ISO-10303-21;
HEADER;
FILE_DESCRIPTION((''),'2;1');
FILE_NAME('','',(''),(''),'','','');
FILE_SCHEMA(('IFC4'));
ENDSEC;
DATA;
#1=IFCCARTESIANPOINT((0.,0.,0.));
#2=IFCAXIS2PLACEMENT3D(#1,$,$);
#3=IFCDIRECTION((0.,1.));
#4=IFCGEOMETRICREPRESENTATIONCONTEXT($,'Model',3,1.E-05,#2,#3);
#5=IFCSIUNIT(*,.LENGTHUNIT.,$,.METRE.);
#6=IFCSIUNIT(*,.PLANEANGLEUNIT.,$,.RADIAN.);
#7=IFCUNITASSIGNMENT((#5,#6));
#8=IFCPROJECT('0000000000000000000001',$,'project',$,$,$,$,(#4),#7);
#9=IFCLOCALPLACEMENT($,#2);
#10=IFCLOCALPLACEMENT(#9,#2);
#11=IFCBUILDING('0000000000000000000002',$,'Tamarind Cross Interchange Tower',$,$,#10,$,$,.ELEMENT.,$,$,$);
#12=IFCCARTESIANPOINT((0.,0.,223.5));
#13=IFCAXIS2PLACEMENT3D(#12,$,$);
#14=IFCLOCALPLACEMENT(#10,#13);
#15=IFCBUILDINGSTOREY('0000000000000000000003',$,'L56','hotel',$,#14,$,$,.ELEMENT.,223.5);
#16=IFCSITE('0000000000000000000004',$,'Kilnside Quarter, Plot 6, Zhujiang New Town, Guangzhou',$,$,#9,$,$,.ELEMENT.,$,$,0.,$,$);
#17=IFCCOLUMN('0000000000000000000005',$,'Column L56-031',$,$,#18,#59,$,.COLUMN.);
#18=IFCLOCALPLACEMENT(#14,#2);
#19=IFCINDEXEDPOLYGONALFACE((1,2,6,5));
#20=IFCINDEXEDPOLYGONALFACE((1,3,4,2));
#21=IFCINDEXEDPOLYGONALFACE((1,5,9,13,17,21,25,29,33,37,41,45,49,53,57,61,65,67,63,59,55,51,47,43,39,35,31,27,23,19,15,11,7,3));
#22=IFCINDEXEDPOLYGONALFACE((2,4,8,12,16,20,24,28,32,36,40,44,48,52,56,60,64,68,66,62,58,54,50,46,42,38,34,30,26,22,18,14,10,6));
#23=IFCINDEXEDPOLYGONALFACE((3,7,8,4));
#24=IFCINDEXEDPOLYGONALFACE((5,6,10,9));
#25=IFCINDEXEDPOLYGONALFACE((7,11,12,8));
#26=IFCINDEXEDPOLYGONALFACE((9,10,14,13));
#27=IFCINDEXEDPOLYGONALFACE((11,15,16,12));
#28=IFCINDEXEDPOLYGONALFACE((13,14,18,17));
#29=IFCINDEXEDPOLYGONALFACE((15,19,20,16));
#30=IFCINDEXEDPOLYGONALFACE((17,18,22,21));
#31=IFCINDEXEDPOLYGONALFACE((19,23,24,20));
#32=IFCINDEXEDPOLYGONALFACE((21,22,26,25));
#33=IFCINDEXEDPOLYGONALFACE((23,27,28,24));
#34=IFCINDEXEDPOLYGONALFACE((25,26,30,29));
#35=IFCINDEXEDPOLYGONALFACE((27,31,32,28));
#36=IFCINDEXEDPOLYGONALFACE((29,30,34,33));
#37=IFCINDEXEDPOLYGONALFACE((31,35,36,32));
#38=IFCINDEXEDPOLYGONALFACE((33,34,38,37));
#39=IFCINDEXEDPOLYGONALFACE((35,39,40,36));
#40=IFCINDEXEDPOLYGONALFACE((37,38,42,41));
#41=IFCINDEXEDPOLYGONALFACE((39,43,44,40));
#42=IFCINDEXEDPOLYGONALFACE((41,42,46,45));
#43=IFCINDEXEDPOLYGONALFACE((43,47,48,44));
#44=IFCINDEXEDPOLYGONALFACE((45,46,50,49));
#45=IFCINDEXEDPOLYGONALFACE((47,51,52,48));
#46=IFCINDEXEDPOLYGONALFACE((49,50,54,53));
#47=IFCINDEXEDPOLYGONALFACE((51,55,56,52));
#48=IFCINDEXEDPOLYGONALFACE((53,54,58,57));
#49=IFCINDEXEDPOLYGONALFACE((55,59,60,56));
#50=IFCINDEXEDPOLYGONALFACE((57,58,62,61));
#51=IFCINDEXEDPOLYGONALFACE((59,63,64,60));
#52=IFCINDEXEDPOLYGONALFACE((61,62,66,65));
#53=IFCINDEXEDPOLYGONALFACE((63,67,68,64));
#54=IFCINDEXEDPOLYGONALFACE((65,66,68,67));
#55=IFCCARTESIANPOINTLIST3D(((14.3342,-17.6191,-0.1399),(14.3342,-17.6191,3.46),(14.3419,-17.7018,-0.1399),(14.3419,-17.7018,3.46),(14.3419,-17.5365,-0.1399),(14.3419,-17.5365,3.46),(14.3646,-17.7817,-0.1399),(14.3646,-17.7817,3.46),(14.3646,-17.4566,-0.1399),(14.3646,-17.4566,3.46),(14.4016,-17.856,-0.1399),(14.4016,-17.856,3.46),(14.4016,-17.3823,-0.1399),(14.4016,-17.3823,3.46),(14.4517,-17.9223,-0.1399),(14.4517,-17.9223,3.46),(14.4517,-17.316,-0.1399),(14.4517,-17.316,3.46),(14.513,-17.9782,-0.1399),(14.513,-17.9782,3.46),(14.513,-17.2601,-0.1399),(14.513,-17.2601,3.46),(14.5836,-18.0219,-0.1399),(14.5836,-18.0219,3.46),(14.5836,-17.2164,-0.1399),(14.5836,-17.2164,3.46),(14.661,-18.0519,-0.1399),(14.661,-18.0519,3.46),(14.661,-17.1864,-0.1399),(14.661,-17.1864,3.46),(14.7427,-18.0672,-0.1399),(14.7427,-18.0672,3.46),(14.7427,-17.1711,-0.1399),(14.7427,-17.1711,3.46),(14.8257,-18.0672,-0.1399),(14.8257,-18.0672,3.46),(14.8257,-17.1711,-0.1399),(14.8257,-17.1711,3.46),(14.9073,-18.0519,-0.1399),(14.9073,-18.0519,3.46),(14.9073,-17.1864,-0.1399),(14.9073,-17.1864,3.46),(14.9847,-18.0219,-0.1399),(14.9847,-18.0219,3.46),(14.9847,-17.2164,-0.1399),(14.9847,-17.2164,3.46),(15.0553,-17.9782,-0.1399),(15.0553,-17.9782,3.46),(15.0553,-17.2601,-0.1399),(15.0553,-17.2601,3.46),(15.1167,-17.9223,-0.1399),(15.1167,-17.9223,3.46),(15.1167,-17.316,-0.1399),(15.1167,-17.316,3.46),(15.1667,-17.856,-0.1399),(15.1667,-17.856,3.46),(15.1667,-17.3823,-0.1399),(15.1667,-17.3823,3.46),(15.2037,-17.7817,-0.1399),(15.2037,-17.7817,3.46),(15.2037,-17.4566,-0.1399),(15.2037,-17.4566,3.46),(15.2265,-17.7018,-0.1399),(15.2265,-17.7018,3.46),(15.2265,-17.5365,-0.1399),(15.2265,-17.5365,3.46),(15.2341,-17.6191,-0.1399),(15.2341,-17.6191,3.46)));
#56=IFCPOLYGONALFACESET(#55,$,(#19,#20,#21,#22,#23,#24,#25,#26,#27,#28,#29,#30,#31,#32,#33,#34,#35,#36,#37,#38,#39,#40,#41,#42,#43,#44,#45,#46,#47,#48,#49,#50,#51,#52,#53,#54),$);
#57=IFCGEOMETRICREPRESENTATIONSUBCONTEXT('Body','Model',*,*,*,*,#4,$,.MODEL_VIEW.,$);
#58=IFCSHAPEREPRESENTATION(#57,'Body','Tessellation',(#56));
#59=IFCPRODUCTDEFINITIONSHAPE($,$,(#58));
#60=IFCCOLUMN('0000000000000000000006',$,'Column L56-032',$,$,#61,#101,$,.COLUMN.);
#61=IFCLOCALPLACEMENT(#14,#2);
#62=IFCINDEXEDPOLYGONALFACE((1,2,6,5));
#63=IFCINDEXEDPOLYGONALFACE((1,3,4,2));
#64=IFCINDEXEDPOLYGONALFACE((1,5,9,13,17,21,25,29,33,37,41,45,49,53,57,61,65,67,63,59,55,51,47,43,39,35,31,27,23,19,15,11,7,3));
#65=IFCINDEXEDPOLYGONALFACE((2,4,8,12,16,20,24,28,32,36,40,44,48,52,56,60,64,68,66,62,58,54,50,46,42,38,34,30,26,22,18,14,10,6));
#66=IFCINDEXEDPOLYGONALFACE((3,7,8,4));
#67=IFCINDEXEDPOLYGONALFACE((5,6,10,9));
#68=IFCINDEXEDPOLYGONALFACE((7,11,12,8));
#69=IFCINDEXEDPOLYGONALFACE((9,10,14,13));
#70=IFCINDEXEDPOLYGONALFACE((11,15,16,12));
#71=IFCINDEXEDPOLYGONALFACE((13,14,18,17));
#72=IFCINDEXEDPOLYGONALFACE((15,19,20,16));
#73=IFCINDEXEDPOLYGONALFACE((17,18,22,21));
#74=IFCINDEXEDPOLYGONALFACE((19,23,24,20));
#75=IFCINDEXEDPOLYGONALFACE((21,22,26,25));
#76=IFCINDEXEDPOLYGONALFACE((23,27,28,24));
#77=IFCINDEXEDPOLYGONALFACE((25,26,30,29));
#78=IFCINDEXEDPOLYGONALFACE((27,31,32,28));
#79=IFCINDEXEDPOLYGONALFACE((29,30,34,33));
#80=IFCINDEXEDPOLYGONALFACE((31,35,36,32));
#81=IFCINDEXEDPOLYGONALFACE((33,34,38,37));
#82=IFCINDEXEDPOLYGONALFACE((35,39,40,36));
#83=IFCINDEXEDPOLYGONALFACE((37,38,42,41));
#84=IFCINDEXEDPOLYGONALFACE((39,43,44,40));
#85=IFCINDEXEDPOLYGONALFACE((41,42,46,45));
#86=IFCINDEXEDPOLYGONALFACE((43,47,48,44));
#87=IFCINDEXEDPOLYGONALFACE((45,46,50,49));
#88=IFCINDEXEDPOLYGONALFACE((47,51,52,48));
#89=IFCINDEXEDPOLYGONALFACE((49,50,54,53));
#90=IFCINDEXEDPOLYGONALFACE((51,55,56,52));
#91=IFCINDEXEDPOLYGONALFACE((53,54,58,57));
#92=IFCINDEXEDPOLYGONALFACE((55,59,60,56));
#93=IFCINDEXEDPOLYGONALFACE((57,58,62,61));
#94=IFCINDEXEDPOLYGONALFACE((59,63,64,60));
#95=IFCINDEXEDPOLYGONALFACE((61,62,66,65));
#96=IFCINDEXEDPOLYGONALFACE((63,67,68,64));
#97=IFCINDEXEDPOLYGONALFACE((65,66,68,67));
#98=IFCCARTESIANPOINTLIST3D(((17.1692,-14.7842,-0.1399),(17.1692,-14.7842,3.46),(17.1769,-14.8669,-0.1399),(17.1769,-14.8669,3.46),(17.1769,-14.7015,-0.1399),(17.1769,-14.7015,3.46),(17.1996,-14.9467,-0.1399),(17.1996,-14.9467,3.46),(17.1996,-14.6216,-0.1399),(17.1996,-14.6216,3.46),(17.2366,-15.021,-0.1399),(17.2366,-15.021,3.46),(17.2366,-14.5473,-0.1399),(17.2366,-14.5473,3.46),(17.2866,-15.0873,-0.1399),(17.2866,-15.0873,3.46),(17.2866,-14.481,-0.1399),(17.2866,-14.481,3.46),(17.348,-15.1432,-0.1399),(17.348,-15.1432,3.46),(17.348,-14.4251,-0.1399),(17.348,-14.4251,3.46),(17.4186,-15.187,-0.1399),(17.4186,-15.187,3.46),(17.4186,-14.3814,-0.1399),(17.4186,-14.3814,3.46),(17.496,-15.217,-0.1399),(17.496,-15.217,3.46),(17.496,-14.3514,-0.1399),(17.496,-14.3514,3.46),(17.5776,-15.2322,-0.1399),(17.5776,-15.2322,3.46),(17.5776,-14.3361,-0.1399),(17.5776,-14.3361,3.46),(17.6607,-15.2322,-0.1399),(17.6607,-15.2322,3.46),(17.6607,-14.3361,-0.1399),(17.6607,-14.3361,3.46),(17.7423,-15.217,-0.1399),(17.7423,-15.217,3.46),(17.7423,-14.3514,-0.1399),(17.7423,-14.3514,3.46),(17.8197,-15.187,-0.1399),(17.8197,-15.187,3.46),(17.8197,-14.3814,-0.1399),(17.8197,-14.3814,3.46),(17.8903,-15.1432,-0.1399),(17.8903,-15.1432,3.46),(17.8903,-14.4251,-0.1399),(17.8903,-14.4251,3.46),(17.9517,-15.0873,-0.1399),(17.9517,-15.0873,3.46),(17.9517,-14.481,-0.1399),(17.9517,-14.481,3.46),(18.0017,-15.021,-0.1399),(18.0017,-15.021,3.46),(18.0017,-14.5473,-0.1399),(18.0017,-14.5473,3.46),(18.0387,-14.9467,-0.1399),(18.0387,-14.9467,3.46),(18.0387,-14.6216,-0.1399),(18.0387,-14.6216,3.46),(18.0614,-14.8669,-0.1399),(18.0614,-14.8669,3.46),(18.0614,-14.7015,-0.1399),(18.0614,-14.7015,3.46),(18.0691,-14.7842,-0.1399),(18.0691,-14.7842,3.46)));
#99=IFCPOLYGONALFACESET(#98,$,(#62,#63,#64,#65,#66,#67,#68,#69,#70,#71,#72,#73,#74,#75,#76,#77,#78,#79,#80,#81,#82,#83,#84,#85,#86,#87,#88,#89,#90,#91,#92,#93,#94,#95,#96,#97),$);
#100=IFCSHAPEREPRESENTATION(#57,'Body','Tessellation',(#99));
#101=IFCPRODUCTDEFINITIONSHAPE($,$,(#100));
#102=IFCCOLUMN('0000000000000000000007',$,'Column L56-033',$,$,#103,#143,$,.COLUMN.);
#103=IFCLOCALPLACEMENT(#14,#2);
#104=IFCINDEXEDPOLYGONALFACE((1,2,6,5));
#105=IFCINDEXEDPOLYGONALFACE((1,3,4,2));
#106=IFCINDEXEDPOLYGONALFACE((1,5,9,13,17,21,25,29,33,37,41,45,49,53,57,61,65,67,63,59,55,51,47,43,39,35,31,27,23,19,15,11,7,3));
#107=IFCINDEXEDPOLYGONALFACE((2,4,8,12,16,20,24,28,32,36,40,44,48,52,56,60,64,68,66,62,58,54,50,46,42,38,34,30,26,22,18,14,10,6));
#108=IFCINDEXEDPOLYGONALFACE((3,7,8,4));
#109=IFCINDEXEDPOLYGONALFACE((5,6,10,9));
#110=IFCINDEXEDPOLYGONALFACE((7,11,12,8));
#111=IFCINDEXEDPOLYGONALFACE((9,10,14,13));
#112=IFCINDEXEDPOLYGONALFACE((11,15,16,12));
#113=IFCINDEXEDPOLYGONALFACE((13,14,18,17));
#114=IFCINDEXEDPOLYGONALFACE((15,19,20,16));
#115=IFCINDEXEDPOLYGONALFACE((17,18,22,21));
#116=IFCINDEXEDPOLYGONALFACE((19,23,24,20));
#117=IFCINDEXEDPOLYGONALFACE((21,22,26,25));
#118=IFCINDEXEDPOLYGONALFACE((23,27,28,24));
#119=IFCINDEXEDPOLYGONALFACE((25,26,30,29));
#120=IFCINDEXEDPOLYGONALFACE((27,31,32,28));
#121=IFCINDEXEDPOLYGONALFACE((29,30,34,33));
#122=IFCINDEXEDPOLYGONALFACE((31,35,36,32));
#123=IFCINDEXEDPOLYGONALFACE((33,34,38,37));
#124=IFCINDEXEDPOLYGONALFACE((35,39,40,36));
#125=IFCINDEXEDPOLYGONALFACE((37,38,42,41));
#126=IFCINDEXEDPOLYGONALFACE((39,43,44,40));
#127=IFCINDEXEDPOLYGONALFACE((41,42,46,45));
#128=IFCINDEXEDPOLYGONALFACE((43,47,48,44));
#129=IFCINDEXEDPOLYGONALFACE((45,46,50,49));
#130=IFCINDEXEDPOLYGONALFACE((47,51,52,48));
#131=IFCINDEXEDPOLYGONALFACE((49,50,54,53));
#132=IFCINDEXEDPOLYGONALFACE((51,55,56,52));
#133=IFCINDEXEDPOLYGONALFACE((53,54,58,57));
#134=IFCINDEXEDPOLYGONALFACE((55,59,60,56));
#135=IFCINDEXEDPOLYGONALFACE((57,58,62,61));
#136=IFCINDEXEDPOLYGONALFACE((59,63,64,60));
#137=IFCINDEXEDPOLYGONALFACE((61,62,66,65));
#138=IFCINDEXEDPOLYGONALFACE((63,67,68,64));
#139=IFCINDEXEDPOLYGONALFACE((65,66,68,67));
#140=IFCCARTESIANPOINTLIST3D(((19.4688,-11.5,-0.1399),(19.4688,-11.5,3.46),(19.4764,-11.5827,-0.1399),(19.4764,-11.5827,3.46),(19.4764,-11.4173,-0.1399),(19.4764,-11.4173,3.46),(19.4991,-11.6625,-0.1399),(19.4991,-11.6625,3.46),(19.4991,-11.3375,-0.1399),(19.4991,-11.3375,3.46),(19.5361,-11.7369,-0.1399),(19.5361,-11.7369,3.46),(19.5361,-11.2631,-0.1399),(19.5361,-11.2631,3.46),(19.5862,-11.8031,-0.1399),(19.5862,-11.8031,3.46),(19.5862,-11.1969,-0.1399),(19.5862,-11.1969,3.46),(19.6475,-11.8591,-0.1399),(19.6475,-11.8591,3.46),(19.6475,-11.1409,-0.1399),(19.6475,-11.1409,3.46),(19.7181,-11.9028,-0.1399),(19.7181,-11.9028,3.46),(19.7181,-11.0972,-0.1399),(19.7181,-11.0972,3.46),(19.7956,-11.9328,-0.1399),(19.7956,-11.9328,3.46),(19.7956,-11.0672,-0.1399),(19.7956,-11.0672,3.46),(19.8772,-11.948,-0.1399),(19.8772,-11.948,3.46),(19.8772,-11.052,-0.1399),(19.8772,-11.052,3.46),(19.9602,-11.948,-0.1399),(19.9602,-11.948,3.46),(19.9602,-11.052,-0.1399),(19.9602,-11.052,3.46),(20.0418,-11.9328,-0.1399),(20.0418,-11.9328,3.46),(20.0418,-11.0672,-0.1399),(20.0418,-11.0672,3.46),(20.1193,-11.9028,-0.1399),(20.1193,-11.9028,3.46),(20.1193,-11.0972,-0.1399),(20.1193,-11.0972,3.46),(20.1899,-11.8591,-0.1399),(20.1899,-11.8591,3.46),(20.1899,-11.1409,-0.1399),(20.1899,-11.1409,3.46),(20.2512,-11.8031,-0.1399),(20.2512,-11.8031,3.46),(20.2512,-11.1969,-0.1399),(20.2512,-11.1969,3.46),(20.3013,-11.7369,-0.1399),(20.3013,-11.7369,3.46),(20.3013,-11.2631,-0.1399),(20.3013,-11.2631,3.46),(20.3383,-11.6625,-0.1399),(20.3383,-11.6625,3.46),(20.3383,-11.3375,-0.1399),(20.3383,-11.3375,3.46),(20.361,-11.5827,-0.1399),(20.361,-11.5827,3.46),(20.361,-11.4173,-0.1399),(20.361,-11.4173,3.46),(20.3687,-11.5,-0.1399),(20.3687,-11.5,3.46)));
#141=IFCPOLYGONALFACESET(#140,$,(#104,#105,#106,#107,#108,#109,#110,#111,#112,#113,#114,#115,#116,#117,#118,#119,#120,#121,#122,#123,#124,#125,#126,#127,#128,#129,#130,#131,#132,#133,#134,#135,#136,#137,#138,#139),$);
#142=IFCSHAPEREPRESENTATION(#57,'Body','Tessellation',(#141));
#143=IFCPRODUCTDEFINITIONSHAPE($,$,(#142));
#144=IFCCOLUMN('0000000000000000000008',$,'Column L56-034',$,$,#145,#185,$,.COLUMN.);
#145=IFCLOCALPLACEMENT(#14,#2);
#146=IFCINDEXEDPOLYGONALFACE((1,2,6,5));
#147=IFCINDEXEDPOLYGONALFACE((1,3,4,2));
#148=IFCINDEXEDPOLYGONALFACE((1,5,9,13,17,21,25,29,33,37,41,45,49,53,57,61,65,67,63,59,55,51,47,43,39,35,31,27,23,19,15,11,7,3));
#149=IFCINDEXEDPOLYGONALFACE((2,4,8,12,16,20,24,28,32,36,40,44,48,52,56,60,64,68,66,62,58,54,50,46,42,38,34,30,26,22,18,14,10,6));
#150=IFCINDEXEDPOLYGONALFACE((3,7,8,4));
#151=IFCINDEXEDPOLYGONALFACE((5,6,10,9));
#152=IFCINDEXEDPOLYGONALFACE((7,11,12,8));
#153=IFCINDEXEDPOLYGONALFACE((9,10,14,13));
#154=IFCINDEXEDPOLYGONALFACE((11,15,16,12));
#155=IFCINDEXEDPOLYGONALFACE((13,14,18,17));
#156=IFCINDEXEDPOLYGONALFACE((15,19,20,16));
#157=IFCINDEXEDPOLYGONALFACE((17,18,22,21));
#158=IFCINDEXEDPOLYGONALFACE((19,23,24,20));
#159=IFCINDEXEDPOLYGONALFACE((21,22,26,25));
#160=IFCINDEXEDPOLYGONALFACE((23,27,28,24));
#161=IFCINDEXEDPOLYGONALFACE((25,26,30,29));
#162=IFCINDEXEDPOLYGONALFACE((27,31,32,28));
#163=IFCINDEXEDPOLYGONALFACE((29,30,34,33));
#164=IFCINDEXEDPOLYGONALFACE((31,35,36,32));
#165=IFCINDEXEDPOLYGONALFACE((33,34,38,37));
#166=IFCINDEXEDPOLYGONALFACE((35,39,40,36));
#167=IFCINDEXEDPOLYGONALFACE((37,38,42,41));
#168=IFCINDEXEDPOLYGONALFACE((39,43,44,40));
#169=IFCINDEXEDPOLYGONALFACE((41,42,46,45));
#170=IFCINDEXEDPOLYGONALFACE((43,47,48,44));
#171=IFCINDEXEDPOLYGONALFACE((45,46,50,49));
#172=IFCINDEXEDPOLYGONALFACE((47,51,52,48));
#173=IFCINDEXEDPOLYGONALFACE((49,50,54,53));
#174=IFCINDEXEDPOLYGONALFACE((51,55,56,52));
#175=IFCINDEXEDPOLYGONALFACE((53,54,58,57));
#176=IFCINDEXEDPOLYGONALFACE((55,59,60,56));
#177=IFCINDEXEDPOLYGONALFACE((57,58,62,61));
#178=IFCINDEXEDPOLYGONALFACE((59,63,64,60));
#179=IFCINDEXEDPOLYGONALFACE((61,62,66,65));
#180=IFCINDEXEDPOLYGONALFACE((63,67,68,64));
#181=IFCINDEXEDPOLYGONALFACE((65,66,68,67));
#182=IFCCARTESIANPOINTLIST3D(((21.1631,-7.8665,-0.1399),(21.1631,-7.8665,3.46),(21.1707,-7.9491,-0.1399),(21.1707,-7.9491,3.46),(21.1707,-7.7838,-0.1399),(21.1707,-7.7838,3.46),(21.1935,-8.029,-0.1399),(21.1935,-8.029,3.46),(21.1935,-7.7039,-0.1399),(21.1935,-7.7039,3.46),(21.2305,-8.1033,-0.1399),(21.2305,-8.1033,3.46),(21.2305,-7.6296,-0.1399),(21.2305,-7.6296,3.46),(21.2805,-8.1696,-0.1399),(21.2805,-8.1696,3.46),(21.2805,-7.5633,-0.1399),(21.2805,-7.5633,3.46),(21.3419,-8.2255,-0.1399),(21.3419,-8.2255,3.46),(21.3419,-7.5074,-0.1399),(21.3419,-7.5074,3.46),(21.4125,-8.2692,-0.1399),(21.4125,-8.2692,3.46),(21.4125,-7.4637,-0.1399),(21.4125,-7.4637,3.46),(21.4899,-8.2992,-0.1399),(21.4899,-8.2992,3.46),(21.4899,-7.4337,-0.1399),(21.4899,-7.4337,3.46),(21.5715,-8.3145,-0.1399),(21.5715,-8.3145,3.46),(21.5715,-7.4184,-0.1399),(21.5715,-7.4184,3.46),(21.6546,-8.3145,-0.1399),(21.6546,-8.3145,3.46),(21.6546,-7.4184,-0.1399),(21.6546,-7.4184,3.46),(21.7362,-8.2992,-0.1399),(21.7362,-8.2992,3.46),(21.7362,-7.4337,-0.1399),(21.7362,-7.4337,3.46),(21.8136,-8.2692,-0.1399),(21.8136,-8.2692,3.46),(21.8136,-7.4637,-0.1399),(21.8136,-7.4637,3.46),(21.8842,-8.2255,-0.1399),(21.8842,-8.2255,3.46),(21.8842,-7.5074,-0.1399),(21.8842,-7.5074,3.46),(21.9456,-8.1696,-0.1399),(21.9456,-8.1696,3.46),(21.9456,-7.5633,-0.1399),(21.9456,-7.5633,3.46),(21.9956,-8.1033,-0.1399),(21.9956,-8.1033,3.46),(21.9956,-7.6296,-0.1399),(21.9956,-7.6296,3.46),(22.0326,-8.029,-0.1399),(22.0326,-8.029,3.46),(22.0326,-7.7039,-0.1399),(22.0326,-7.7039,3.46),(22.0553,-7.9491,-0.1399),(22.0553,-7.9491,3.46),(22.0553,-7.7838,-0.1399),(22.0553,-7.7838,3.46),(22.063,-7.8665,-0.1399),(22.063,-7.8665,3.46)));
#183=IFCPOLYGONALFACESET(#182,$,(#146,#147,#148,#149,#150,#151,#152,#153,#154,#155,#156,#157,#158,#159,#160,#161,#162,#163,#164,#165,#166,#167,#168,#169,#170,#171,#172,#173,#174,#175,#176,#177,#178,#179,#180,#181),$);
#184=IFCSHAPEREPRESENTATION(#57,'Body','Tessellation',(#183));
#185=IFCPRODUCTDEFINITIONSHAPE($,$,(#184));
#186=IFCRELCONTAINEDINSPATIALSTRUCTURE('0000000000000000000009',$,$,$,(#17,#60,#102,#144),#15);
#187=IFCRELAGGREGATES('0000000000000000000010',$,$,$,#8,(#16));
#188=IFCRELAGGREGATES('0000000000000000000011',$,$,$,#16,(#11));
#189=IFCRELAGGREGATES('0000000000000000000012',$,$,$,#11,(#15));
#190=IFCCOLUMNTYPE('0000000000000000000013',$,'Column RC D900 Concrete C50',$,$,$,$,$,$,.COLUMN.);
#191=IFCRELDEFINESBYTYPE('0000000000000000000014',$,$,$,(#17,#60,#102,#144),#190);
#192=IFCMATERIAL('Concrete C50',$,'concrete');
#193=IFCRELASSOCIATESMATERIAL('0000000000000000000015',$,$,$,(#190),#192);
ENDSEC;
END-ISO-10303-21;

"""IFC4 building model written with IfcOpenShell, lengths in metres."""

from ifc_helpers import new_model, si_unit, direction, frame, origin, origin_2d, place, context, subcontext, project, spatial, circle, extrude, material, material_profile, profile_set, type_object, element, save


model = new_model("IFC4")

# Units and contexts
model_context = context("Model", 3, precision=1e-05, world=origin(), true_north=direction((0.0, 1.0)))
body_context = subcontext(model_context, "Body", "Model", "MODEL_VIEW")
ifc_project = project(units=[si_unit("LENGTHUNIT", "METRE"), si_unit("PLANEANGLEUNIT", "RADIAN")], contexts=[model_context])

# Site, building, storey
site_placement = place(None, origin())
site = spatial("IfcSite", under=ifc_project, at=site_placement, Name="Kilnside Quarter, Plot 6, Zhujiang New Town, Guangzhou", CompositionType="ELEMENT", RefElevation=0.0)
building_placement = place(site_placement, origin())
building = spatial("IfcBuilding", under=site, at=building_placement, Name="Tamarind Cross Interchange Tower", CompositionType="ELEMENT")
storey_placement = place(building_placement, frame((0.0, 0.0, 223.5)))
storey = spatial("IfcBuildingStorey", under=building, at=storey_placement, Name="L56", Description="hotel", CompositionType="ELEMENT", Elevation=223.5)

# Columns
ifc_material_1 = material(Name="Concrete C50", Category="concrete")
ifc_material_profile_1 = material_profile(ifc_material_1, circle(Radius=0.45, at=origin_2d()), Name="RC D900")
ifc_profile_set_1 = profile_set([ifc_material_profile_1], Name="Concrete C50")
column_type = type_object("IfcColumnType", Name="Column RC D900 Concrete C50", PredefinedType="COLUMN", material=ifc_profile_set_1)
for number, where, z_axis, x_axis, name in (
    (1, (14.7842, -17.6191, -0.1399), (0.0, 0.0, 1.0), (1.0, 0.0, 0.0), "Column L56-031"),
    (2, (17.6191, -14.7842, -0.1399), (0.0, 0.0, 1.0), (1.0, 0.0, 0.0), "Column L56-032"),
    (3, (19.9187, -11.5, -0.1399), (0.0, 0.0, 1.0), (1.0, 0.0, 0.0), "Column L56-033"),
    (4, (21.613, -7.8665, -0.1399), (0.0, 0.0, 1.0), (1.0, 0.0, 0.0), "Column L56-034"),
):
    element("IfcColumn", number, at=place(storey_placement, frame(where, z_axis=z_axis, x_axis=x_axis)), inside=storey, type_object=column_type, Name=name, PredefinedType="COLUMN", context=body_context, shape_type="SweptSolid", body=[
        extrude(circle(Radius=0.45, at=origin_2d()), origin(), (0.0, 0.0, 1.0), 3.5999),
    ])

save(model, "model.ifc")
